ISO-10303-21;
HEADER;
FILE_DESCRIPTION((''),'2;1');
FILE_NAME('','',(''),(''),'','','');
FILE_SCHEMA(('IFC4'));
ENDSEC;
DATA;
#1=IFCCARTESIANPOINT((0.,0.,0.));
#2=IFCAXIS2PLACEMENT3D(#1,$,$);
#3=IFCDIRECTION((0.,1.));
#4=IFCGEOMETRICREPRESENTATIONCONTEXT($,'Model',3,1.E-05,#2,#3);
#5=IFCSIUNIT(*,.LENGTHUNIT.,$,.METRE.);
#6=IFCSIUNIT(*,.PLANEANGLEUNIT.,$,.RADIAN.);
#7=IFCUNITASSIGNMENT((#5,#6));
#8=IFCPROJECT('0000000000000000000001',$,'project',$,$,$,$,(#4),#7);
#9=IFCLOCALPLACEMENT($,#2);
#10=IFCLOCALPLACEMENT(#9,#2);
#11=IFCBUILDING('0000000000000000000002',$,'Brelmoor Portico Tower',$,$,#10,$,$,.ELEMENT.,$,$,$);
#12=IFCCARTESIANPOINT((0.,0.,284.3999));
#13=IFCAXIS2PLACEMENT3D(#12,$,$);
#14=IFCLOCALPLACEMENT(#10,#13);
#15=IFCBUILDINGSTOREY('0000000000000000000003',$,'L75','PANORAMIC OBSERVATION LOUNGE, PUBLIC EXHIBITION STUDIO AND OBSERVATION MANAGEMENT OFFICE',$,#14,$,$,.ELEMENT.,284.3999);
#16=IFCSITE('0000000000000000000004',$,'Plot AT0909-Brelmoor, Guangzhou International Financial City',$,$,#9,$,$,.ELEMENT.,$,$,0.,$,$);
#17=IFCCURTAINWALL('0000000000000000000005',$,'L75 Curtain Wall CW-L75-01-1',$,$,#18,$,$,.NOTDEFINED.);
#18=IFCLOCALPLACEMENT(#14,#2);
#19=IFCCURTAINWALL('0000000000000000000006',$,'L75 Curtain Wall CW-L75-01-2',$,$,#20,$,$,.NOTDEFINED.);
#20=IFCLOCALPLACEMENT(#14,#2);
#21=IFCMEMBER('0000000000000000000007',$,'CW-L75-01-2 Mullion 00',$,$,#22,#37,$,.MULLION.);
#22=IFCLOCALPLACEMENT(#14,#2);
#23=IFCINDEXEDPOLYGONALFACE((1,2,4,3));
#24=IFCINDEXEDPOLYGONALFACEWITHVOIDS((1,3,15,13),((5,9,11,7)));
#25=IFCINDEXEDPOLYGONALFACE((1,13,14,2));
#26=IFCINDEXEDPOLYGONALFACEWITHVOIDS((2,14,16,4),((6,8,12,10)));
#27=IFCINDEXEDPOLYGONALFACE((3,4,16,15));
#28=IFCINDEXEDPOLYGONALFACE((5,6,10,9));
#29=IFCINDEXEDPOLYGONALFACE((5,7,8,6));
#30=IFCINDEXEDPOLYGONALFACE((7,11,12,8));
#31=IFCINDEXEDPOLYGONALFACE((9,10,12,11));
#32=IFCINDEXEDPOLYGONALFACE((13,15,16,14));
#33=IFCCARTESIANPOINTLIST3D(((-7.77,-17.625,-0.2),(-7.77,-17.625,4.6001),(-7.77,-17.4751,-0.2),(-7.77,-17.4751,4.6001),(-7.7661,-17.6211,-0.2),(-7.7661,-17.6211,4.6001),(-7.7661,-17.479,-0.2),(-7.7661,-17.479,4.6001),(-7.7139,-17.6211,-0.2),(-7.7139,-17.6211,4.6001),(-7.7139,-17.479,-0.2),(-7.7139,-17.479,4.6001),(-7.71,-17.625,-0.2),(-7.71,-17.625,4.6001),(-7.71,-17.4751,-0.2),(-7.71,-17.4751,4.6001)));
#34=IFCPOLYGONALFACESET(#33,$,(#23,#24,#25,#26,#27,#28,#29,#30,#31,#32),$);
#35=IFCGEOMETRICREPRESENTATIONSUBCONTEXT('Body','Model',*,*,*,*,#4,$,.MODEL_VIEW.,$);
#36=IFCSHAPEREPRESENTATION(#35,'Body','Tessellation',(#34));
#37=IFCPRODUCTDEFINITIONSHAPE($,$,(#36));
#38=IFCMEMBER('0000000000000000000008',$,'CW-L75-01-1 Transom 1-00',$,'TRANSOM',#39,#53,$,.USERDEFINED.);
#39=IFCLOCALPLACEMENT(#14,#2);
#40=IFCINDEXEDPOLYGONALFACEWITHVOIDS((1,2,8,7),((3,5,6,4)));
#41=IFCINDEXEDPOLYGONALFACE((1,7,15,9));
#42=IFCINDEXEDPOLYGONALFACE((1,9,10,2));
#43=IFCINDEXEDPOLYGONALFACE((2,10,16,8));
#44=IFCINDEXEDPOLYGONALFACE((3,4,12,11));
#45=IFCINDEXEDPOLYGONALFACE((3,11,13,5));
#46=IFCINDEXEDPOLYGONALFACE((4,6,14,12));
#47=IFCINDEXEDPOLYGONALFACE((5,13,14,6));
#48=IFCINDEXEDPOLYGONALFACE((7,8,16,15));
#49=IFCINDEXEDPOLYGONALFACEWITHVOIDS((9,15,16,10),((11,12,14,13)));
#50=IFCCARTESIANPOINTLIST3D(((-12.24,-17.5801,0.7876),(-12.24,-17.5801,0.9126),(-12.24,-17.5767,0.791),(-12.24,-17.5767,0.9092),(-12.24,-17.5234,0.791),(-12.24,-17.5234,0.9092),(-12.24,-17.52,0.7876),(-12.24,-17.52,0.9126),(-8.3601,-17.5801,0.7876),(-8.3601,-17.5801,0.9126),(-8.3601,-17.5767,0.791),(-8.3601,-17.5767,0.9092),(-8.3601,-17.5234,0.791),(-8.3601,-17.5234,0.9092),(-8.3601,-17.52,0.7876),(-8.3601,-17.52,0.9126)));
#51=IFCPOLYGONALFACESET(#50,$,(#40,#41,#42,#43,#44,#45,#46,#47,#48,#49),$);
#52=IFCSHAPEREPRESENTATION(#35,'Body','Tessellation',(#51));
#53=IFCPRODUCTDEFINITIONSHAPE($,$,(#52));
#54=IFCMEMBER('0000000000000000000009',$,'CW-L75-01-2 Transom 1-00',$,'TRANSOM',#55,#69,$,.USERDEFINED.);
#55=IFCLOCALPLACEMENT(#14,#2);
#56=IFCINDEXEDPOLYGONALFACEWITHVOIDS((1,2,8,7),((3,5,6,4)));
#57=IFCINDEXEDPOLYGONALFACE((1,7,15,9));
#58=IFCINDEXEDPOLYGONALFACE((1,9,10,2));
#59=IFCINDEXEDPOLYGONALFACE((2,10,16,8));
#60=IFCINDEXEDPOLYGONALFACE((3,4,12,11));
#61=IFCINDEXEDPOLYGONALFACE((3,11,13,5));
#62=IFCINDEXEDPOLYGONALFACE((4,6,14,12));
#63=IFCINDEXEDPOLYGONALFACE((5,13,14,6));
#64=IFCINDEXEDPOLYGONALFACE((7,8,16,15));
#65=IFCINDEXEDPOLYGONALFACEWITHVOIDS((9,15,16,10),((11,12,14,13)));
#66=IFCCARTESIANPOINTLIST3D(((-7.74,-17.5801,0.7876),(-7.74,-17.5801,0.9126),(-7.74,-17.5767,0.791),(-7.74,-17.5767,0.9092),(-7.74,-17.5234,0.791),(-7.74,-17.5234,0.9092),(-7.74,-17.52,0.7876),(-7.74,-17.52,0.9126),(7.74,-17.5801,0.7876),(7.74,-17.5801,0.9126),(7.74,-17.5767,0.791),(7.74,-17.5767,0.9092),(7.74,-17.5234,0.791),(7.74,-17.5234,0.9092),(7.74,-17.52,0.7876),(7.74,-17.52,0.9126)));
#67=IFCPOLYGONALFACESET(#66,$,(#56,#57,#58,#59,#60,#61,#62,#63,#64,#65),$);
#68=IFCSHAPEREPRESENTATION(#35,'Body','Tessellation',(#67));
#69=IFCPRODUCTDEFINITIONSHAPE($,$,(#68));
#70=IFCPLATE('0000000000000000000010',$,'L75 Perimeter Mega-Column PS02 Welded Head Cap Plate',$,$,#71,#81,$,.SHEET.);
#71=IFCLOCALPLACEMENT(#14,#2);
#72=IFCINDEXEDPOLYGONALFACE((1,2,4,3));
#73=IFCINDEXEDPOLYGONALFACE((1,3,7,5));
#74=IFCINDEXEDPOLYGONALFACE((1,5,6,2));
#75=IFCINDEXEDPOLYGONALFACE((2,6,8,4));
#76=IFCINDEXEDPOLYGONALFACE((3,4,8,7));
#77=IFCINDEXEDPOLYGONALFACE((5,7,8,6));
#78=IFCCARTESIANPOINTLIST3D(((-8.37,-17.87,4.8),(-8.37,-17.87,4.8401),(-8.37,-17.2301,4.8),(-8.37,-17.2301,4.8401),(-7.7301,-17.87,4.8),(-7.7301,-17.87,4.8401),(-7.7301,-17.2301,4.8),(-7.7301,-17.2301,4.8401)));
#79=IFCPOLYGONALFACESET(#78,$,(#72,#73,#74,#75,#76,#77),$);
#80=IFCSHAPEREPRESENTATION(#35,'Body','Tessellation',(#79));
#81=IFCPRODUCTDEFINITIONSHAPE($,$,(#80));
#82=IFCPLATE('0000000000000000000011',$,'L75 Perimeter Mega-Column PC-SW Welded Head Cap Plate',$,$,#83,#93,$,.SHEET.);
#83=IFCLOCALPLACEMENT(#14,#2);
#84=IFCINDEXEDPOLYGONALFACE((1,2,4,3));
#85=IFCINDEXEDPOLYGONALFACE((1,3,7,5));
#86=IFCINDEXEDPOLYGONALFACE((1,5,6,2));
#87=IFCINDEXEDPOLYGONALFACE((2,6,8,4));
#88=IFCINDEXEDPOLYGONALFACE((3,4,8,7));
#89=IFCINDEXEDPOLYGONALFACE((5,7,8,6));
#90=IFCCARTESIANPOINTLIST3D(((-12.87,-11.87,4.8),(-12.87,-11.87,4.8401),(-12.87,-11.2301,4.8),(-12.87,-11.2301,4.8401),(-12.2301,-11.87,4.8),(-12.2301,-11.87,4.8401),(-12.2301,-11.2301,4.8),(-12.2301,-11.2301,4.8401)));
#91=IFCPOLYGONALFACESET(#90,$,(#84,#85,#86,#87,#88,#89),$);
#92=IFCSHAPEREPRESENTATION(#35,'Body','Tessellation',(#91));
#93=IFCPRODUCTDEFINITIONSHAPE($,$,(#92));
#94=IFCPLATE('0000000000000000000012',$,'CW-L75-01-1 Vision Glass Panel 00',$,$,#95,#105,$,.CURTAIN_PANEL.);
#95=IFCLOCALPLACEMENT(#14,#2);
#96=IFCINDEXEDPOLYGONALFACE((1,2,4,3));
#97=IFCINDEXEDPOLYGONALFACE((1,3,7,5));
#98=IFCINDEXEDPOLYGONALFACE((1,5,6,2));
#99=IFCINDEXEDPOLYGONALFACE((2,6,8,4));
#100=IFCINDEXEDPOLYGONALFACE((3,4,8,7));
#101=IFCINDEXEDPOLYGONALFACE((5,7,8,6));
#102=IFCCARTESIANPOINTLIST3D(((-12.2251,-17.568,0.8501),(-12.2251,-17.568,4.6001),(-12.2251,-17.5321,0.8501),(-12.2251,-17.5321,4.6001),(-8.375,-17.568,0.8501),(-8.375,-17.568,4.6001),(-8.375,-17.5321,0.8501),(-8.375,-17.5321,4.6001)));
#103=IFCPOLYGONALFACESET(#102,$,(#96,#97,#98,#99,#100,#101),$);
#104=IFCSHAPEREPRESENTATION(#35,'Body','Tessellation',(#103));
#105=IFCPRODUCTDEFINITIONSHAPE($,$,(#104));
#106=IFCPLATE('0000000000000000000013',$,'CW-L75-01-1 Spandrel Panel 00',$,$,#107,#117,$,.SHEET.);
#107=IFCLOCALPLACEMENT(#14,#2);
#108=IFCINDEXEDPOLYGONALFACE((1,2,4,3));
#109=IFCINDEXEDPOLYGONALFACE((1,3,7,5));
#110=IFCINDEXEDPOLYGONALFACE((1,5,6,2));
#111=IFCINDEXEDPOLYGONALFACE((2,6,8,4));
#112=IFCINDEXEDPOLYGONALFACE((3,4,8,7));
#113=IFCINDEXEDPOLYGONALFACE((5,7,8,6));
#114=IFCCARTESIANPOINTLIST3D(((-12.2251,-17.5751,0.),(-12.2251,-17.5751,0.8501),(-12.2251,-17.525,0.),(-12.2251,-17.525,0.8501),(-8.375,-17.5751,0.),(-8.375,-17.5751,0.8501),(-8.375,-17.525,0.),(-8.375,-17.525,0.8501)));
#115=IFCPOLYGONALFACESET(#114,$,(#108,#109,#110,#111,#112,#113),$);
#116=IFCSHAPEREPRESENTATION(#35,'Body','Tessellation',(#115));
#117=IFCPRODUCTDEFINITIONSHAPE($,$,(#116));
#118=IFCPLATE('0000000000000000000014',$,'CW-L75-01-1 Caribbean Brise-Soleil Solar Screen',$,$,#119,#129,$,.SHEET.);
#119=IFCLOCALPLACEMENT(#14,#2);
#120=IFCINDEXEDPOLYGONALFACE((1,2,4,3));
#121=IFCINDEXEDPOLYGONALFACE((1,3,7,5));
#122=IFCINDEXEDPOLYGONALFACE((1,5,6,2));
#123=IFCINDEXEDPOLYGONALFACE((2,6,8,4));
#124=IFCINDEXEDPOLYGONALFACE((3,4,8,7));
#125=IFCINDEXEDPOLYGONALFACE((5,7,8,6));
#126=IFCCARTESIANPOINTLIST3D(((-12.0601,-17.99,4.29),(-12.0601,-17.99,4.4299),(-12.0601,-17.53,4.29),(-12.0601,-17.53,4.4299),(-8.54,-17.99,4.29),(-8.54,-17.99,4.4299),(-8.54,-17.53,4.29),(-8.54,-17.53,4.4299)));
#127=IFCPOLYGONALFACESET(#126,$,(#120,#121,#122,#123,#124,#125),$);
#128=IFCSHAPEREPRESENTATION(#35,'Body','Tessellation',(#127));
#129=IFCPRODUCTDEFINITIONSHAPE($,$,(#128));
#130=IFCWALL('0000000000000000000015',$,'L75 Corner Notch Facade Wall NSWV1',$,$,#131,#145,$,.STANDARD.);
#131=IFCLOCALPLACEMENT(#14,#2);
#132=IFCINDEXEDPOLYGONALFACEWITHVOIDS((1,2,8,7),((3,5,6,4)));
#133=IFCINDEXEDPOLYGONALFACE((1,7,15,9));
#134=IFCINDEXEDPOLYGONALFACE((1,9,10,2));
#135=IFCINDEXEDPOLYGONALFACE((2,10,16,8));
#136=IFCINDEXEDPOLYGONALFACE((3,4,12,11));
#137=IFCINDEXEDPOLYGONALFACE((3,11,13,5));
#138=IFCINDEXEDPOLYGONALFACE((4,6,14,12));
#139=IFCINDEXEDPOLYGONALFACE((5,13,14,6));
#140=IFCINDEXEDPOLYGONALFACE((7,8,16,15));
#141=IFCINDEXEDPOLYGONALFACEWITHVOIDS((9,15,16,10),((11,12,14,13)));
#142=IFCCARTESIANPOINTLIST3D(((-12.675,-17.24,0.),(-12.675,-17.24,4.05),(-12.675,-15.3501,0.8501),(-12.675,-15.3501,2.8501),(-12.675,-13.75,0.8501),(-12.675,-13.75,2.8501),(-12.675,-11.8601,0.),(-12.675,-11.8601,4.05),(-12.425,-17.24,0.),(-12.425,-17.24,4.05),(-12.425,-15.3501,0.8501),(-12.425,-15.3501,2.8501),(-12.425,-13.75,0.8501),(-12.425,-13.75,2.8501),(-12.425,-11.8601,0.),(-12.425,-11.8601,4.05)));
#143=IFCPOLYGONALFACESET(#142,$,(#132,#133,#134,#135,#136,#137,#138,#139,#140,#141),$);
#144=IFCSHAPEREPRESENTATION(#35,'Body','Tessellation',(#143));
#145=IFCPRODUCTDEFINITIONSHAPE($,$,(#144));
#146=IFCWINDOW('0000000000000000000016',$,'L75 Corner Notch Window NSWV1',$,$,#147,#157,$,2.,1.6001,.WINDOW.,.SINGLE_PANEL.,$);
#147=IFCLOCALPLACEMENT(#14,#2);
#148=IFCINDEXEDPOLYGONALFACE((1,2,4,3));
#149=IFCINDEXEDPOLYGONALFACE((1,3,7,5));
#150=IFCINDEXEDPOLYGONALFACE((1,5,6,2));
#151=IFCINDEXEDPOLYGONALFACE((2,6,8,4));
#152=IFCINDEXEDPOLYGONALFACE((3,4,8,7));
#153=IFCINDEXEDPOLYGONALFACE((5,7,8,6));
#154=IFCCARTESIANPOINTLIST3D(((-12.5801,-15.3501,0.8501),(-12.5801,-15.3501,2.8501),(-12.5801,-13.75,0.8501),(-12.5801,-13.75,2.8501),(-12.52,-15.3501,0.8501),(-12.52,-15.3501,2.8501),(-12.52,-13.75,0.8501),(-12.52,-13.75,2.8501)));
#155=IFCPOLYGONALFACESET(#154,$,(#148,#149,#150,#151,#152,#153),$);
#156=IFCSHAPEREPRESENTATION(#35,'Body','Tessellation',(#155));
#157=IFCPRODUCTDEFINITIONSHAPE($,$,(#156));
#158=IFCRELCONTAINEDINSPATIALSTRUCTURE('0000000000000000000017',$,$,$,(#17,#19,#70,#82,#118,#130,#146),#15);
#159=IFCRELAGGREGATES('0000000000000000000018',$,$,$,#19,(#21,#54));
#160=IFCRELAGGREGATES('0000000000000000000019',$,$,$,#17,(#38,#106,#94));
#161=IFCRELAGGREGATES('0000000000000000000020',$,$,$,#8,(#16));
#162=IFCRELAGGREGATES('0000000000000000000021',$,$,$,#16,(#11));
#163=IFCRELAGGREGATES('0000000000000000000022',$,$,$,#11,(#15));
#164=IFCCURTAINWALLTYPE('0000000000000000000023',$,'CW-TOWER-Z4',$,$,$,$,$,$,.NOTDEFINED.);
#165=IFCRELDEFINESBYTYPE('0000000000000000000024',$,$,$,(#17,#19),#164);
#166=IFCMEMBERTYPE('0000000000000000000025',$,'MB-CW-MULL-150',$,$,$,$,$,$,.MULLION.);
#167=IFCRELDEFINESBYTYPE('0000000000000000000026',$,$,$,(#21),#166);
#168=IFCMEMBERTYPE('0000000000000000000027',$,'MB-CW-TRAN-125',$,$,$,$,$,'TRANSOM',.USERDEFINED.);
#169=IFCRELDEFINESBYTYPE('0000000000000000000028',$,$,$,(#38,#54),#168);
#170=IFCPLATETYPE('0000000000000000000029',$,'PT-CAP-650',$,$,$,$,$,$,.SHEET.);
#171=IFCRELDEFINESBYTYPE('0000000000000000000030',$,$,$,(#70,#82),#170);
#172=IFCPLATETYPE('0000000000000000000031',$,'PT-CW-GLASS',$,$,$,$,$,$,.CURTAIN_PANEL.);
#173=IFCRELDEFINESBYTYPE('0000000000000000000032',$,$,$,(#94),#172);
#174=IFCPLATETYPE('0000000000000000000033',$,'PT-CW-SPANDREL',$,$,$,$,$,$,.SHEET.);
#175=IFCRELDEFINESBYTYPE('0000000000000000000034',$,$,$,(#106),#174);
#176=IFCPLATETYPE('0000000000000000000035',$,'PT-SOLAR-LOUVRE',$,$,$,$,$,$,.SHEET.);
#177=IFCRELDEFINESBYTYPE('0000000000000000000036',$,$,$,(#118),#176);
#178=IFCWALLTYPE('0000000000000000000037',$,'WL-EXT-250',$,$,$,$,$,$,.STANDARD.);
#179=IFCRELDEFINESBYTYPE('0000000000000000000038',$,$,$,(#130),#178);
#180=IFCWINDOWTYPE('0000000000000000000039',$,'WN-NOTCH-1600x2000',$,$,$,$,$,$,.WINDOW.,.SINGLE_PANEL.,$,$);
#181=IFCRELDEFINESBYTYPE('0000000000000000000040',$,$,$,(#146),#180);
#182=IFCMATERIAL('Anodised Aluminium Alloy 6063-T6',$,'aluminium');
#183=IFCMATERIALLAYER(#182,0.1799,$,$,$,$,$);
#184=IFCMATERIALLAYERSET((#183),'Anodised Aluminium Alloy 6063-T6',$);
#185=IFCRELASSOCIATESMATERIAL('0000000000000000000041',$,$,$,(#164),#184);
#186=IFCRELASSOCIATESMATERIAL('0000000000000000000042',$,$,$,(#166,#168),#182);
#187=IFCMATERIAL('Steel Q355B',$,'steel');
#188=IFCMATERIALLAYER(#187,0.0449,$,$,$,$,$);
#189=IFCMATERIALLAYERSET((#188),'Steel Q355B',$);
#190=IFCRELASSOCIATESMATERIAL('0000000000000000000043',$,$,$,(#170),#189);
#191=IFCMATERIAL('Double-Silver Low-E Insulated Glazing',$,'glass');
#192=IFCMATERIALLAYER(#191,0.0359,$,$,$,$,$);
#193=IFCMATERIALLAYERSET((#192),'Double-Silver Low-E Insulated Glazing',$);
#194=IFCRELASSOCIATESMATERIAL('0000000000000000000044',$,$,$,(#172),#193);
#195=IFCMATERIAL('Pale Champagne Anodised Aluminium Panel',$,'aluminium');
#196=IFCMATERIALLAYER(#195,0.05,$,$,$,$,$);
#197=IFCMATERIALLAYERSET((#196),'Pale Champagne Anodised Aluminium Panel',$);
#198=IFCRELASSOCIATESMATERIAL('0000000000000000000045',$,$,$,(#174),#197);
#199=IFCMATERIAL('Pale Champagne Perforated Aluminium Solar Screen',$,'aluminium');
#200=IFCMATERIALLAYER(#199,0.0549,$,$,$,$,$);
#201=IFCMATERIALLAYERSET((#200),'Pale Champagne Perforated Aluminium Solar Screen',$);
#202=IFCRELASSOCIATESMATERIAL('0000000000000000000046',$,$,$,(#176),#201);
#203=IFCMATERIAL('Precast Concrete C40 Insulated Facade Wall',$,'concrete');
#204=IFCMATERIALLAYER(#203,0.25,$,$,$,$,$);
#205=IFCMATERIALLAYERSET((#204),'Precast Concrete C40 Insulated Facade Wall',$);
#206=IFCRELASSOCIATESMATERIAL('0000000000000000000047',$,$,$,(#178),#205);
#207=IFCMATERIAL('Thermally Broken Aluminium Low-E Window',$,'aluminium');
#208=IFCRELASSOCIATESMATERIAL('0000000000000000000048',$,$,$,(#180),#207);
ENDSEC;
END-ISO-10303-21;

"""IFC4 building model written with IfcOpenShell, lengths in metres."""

from ifc_helpers import new_model, si_unit, direction, frame, frame_2d, origin, origin_2d, place, context, subcontext, project, spatial, rectangle, hollow_rectangle, extrude, material, layer, layer_set, material_profile, profile_set, type_object, element, fill, aggregate, save


model = new_model("IFC4")

# Units and contexts
model_context = context("Model", 3, precision=1e-05, world=origin(), true_north=direction((0.0, 1.0)))
body_context = subcontext(model_context, "Body", "Model", "MODEL_VIEW")
ifc_project = project(units=[si_unit("LENGTHUNIT", "METRE"), si_unit("PLANEANGLEUNIT", "RADIAN")], contexts=[model_context])

# Site, building, storey
site_placement = place(None, origin())
site = spatial("IfcSite", under=ifc_project, at=site_placement, Name="Plot AT0909-Brelmoor, Guangzhou International Financial City", CompositionType="ELEMENT", RefElevation=0.0)
building_placement = place(site_placement, origin())
building = spatial("IfcBuilding", under=site, at=building_placement, Name="Brelmoor Portico Tower", CompositionType="ELEMENT")
storey_placement = place(building_placement, frame((0.0, 0.0, 284.3999)))
storey = spatial("IfcBuildingStorey", under=building, at=storey_placement, Name="L75", Description="PANORAMIC OBSERVATION LOUNGE, PUBLIC EXHIBITION STUDIO AND OBSERVATION MANAGEMENT OFFICE", CompositionType="ELEMENT", Elevation=284.3999)

# Shared definitions
ifc_material_1 = material(Name="Steel Q355B", Category="steel")

# Curtain wall
ifc_material_2 = material(Name="Anodised Aluminium Alloy 6063-T6", Category="aluminium")
ifc_layer_1 = layer(ifc_material_2, 0.1799)
ifc_layer_set_1 = layer_set([ifc_layer_1], Name="Anodised Aluminium Alloy 6063-T6")
curtain_wall_type = type_object("IfcCurtainWallType", Name="CW-TOWER-Z4", PredefinedType="NOTDEFINED", material=ifc_layer_set_1)
curtain_wall_1_placement = place(storey_placement, origin())
curtain_wall_1 = element("IfcCurtainWall", 1, at=curtain_wall_1_placement, inside=storey, type_object=curtain_wall_type, Name="L75 Curtain Wall CW-L75-01-1", PredefinedType="NOTDEFINED")
ifc_material_profile_1 = material_profile(ifc_material_2, hollow_rectangle(XDim=0.0601, YDim=0.1499, WallThickness=0.0039, at=origin_2d()), Name="ALU MULLION 60x150")
ifc_profile_set_1 = profile_set([ifc_material_profile_1], Name="Anodised Aluminium Alloy 6063-T6")
member_type_1 = type_object("IfcMemberType", Name="MB-CW-MULL-150", PredefinedType="MULLION", material=ifc_profile_set_1)

# Curtain wall, member
curtain_wall_2_placement = place(storey_placement, origin())
curtain_wall_2 = element("IfcCurtainWall", 2, at=curtain_wall_2_placement, inside=storey, type_object=curtain_wall_type, Name="L75 Curtain Wall CW-L75-01-2", PredefinedType="NOTDEFINED")
member_1_placement = place(storey_placement, frame((-7.74, -17.55, -0.2), z_axis=(0.0, 0.0, 1.0), x_axis=(1.0, 0.0, 0.0)))
member_1 = element("IfcMember", 3, at=member_1_placement, type_object=member_type_1, Name="CW-L75-01-2 Mullion 00", PredefinedType="MULLION", context=body_context, shape_type="SweptSolid", body=[
    extrude(hollow_rectangle(XDim=0.0601, YDim=0.1499, WallThickness=0.0039, at=origin_2d()), origin(), (0.0, 0.0, 1.0), 4.8),
])

# Members
ifc_material_profile_2 = material_profile(ifc_material_2, hollow_rectangle(XDim=0.0601, YDim=0.125, WallThickness=0.0034, at=origin_2d()), Name="ALU TRANSOM 60x125")
ifc_profile_set_2 = profile_set([ifc_material_profile_2], Name="Anodised Aluminium Alloy 6063-T6")
member_type_2 = type_object("IfcMemberType", Name="MB-CW-TRAN-125", ElementType="TRANSOM", PredefinedType="USERDEFINED", material=ifc_profile_set_2)
member_2_placement = place(storey_placement, frame((-12.24, -17.55, 0.8501), z_axis=(1.0, 0.0, 0.0), x_axis=(0.0, 1.0, 0.0)))
member_2 = element("IfcMember", 4, at=member_2_placement, type_object=member_type_2, Name="CW-L75-01-1 Transom 1-00", ObjectType="TRANSOM", PredefinedType="USERDEFINED", context=body_context, shape_type="SweptSolid", body=[
    extrude(hollow_rectangle(XDim=0.0601, YDim=0.125, WallThickness=0.0034, at=origin_2d()), origin(), (0.0, 0.0, 1.0), 3.8799),
])
member_3_placement = place(storey_placement, frame((-7.74, -17.55, 0.8501), z_axis=(1.0, 0.0, 0.0), x_axis=(0.0, 1.0, 0.0)))
member_3 = element("IfcMember", 5, at=member_3_placement, type_object=member_type_2, Name="CW-L75-01-2 Transom 1-00", ObjectType="TRANSOM", PredefinedType="USERDEFINED", context=body_context, shape_type="SweptSolid", body=[
    extrude(hollow_rectangle(XDim=0.0601, YDim=0.125, WallThickness=0.0034, at=origin_2d()), origin(), (0.0, 0.0, 1.0), 15.48),
])
aggregate(curtain_wall_2, [member_1, member_3])

# Plates
ifc_layer_2 = layer(ifc_material_1, 0.0449)
ifc_layer_set_2 = layer_set([ifc_layer_2], Name="Steel Q355B")
plate_type_1 = type_object("IfcPlateType", Name="PT-CAP-650", PredefinedType="SHEET", material=ifc_layer_set_2)
for number, where, z_axis, x_axis, name in (
    (6, (-8.05, -17.55, 4.8), (0.0, 0.0, 1.0), (1.0, 0.0, 0.0), "L75 Perimeter Mega-Column PS02 Welded Head Cap Plate"),
    (7, (-12.55, -11.55, 4.8), (0.0, 0.0, 1.0), (1.0, 0.0, 0.0), "L75 Perimeter Mega-Column PC-SW Welded Head Cap Plate"),
):
    element("IfcPlate", number, at=place(storey_placement, frame(where, z_axis=z_axis, x_axis=x_axis)), inside=storey, type_object=plate_type_1, Name=name, PredefinedType="SHEET", context=body_context, shape_type="SweptSolid", body=[
        extrude(rectangle(XDim=0.6399, YDim=0.6399, at=origin_2d()), origin(), (0.0, 0.0, 1.0), 0.04),
    ])

# Plates
ifc_material_3 = material(Name="Double-Silver Low-E Insulated Glazing", Category="glass")
ifc_layer_3 = layer(ifc_material_3, 0.0359)
ifc_layer_set_3 = layer_set([ifc_layer_3], Name="Double-Silver Low-E Insulated Glazing")
plate_type_2 = type_object("IfcPlateType", Name="PT-CW-GLASS", PredefinedType="CURTAIN_PANEL", material=ifc_layer_set_3)
plate_1_placement = place(storey_placement, frame((-10.3, -17.55, 0.8501), z_axis=(0.0, 0.0, 1.0), x_axis=(1.0, 0.0, 0.0)))
plate_1 = element("IfcPlate", 8, at=plate_1_placement, type_object=plate_type_2, Name="CW-L75-01-1 Vision Glass Panel 00", PredefinedType="CURTAIN_PANEL", context=body_context, shape_type="SweptSolid", body=[
    extrude(rectangle(XDim=3.8501, YDim=0.0359, at=origin_2d()), origin(), (0.0, 0.0, 1.0), 3.75),
])
ifc_material_4 = material(Name="Pale Champagne Anodised Aluminium Panel", Category="aluminium")
ifc_layer_4 = layer(ifc_material_4, 0.05)
ifc_layer_set_4 = layer_set([ifc_layer_4], Name="Pale Champagne Anodised Aluminium Panel")
plate_type_3 = type_object("IfcPlateType", Name="PT-CW-SPANDREL", PredefinedType="SHEET", material=ifc_layer_set_4)
plate_2_placement = place(storey_placement, frame((-10.3, -17.55, 0.0), z_axis=(0.0, 0.0, 1.0), x_axis=(1.0, 0.0, 0.0)))
plate_2 = element("IfcPlate", 9, at=plate_2_placement, type_object=plate_type_3, Name="CW-L75-01-1 Spandrel Panel 00", PredefinedType="SHEET", context=body_context, shape_type="SweptSolid", body=[
    extrude(rectangle(XDim=3.8501, YDim=0.05, at=origin_2d()), origin(), (0.0, 0.0, 1.0), 0.8501),
])
aggregate(curtain_wall_1, [member_2, plate_2, plate_1])
ifc_material_5 = material(Name="Pale Champagne Perforated Aluminium Solar Screen", Category="aluminium")
ifc_layer_5 = layer(ifc_material_5, 0.0549)
ifc_layer_set_5 = layer_set([ifc_layer_5], Name="Pale Champagne Perforated Aluminium Solar Screen")
plate_type_4 = type_object("IfcPlateType", Name="PT-SOLAR-LOUVRE", PredefinedType="SHEET", material=ifc_layer_set_5)
plate_3_placement = place(storey_placement, frame((-10.3, -17.76, 4.29), z_axis=(0.0, 0.0, 1.0), x_axis=(1.0, 0.0, 0.0)))
element("IfcPlate", 10, at=plate_3_placement, inside=storey, type_object=plate_type_4, Name="CW-L75-01-1 Caribbean Brise-Soleil Solar Screen", PredefinedType="SHEET", context=body_context, shape_type="SweptSolid", body=[
    extrude(rectangle(XDim=3.52, YDim=0.46, at=origin_2d()), origin(), (0.0, 0.0, 1.0), 0.1399),
])

# Wall, opening, window
ifc_material_6 = material(Name="Precast Concrete C40 Insulated Facade Wall", Category="concrete")
ifc_layer_6 = layer(ifc_material_6, 0.25)
ifc_layer_set_6 = layer_set([ifc_layer_6], Name="Precast Concrete C40 Insulated Facade Wall")
wall_type_1 = type_object("IfcWallType", Name="WL-EXT-250", PredefinedType="STANDARD", material=ifc_layer_set_6)
wall_1_placement = place(storey_placement, frame((-12.55, -17.24, 0.0), z_axis=(0.0, 0.0, 1.0), x_axis=(0.0, 1.0, 0.0)))
wall_1 = element("IfcWall", 11, at=wall_1_placement, inside=storey, type_object=wall_type_1, Name="L75 Corner Notch Facade Wall NSWV1", PredefinedType="STANDARD", context=body_context, shape_type="SweptSolid", body=[
    extrude(rectangle(XDim=5.3799, YDim=0.25, at=frame_2d((2.6899, 0.0))), origin(), (0.0, 0.0, 1.0), 4.05),
])
opening_1_placement = place(wall_1_placement, frame((1.8899, 0.0, 0.8501)))
opening_1 = element("IfcOpeningElement", 12, at=opening_1_placement, cuts=wall_1, PredefinedType="OPENING", context=body_context, shape_type="SweptSolid", body=[
    extrude(rectangle(XDim=1.6001, YDim=2.0, at=frame_2d((0.8, 1.0))), frame((0.0, 0.135, 0.0), z_axis=(0.0, -1.0, 0.0), x_axis=(1.0, 0.0, 0.0)), (0.0, 0.0, 1.0), 0.27),
])
ifc_material_7 = material(Name="Thermally Broken Aluminium Low-E Window", Category="aluminium")
window_type = type_object("IfcWindowType", Name="WN-NOTCH-1600x2000", PartitioningType="SINGLE_PANEL", PredefinedType="WINDOW", material=ifc_material_7)
window_placement = place(opening_1_placement, origin())
window = element("IfcWindow", 13, at=window_placement, inside=storey, type_object=window_type, Name="L75 Corner Notch Window NSWV1", OverallHeight=2.0, OverallWidth=1.6001, PartitioningType="SINGLE_PANEL", PredefinedType="WINDOW", context=body_context, shape_type="SweptSolid", body=[
    extrude(rectangle(XDim=1.6001, YDim=2.0, at=frame_2d((0.8, 1.0))), frame((0.0, 0.03, 0.0), z_axis=(0.0, -1.0, 0.0), x_axis=(1.0, 0.0, 0.0)), (0.0, 0.0, 1.0), 0.0601),
])
fill(opening_1, window)

save(model, "model.ifc")
